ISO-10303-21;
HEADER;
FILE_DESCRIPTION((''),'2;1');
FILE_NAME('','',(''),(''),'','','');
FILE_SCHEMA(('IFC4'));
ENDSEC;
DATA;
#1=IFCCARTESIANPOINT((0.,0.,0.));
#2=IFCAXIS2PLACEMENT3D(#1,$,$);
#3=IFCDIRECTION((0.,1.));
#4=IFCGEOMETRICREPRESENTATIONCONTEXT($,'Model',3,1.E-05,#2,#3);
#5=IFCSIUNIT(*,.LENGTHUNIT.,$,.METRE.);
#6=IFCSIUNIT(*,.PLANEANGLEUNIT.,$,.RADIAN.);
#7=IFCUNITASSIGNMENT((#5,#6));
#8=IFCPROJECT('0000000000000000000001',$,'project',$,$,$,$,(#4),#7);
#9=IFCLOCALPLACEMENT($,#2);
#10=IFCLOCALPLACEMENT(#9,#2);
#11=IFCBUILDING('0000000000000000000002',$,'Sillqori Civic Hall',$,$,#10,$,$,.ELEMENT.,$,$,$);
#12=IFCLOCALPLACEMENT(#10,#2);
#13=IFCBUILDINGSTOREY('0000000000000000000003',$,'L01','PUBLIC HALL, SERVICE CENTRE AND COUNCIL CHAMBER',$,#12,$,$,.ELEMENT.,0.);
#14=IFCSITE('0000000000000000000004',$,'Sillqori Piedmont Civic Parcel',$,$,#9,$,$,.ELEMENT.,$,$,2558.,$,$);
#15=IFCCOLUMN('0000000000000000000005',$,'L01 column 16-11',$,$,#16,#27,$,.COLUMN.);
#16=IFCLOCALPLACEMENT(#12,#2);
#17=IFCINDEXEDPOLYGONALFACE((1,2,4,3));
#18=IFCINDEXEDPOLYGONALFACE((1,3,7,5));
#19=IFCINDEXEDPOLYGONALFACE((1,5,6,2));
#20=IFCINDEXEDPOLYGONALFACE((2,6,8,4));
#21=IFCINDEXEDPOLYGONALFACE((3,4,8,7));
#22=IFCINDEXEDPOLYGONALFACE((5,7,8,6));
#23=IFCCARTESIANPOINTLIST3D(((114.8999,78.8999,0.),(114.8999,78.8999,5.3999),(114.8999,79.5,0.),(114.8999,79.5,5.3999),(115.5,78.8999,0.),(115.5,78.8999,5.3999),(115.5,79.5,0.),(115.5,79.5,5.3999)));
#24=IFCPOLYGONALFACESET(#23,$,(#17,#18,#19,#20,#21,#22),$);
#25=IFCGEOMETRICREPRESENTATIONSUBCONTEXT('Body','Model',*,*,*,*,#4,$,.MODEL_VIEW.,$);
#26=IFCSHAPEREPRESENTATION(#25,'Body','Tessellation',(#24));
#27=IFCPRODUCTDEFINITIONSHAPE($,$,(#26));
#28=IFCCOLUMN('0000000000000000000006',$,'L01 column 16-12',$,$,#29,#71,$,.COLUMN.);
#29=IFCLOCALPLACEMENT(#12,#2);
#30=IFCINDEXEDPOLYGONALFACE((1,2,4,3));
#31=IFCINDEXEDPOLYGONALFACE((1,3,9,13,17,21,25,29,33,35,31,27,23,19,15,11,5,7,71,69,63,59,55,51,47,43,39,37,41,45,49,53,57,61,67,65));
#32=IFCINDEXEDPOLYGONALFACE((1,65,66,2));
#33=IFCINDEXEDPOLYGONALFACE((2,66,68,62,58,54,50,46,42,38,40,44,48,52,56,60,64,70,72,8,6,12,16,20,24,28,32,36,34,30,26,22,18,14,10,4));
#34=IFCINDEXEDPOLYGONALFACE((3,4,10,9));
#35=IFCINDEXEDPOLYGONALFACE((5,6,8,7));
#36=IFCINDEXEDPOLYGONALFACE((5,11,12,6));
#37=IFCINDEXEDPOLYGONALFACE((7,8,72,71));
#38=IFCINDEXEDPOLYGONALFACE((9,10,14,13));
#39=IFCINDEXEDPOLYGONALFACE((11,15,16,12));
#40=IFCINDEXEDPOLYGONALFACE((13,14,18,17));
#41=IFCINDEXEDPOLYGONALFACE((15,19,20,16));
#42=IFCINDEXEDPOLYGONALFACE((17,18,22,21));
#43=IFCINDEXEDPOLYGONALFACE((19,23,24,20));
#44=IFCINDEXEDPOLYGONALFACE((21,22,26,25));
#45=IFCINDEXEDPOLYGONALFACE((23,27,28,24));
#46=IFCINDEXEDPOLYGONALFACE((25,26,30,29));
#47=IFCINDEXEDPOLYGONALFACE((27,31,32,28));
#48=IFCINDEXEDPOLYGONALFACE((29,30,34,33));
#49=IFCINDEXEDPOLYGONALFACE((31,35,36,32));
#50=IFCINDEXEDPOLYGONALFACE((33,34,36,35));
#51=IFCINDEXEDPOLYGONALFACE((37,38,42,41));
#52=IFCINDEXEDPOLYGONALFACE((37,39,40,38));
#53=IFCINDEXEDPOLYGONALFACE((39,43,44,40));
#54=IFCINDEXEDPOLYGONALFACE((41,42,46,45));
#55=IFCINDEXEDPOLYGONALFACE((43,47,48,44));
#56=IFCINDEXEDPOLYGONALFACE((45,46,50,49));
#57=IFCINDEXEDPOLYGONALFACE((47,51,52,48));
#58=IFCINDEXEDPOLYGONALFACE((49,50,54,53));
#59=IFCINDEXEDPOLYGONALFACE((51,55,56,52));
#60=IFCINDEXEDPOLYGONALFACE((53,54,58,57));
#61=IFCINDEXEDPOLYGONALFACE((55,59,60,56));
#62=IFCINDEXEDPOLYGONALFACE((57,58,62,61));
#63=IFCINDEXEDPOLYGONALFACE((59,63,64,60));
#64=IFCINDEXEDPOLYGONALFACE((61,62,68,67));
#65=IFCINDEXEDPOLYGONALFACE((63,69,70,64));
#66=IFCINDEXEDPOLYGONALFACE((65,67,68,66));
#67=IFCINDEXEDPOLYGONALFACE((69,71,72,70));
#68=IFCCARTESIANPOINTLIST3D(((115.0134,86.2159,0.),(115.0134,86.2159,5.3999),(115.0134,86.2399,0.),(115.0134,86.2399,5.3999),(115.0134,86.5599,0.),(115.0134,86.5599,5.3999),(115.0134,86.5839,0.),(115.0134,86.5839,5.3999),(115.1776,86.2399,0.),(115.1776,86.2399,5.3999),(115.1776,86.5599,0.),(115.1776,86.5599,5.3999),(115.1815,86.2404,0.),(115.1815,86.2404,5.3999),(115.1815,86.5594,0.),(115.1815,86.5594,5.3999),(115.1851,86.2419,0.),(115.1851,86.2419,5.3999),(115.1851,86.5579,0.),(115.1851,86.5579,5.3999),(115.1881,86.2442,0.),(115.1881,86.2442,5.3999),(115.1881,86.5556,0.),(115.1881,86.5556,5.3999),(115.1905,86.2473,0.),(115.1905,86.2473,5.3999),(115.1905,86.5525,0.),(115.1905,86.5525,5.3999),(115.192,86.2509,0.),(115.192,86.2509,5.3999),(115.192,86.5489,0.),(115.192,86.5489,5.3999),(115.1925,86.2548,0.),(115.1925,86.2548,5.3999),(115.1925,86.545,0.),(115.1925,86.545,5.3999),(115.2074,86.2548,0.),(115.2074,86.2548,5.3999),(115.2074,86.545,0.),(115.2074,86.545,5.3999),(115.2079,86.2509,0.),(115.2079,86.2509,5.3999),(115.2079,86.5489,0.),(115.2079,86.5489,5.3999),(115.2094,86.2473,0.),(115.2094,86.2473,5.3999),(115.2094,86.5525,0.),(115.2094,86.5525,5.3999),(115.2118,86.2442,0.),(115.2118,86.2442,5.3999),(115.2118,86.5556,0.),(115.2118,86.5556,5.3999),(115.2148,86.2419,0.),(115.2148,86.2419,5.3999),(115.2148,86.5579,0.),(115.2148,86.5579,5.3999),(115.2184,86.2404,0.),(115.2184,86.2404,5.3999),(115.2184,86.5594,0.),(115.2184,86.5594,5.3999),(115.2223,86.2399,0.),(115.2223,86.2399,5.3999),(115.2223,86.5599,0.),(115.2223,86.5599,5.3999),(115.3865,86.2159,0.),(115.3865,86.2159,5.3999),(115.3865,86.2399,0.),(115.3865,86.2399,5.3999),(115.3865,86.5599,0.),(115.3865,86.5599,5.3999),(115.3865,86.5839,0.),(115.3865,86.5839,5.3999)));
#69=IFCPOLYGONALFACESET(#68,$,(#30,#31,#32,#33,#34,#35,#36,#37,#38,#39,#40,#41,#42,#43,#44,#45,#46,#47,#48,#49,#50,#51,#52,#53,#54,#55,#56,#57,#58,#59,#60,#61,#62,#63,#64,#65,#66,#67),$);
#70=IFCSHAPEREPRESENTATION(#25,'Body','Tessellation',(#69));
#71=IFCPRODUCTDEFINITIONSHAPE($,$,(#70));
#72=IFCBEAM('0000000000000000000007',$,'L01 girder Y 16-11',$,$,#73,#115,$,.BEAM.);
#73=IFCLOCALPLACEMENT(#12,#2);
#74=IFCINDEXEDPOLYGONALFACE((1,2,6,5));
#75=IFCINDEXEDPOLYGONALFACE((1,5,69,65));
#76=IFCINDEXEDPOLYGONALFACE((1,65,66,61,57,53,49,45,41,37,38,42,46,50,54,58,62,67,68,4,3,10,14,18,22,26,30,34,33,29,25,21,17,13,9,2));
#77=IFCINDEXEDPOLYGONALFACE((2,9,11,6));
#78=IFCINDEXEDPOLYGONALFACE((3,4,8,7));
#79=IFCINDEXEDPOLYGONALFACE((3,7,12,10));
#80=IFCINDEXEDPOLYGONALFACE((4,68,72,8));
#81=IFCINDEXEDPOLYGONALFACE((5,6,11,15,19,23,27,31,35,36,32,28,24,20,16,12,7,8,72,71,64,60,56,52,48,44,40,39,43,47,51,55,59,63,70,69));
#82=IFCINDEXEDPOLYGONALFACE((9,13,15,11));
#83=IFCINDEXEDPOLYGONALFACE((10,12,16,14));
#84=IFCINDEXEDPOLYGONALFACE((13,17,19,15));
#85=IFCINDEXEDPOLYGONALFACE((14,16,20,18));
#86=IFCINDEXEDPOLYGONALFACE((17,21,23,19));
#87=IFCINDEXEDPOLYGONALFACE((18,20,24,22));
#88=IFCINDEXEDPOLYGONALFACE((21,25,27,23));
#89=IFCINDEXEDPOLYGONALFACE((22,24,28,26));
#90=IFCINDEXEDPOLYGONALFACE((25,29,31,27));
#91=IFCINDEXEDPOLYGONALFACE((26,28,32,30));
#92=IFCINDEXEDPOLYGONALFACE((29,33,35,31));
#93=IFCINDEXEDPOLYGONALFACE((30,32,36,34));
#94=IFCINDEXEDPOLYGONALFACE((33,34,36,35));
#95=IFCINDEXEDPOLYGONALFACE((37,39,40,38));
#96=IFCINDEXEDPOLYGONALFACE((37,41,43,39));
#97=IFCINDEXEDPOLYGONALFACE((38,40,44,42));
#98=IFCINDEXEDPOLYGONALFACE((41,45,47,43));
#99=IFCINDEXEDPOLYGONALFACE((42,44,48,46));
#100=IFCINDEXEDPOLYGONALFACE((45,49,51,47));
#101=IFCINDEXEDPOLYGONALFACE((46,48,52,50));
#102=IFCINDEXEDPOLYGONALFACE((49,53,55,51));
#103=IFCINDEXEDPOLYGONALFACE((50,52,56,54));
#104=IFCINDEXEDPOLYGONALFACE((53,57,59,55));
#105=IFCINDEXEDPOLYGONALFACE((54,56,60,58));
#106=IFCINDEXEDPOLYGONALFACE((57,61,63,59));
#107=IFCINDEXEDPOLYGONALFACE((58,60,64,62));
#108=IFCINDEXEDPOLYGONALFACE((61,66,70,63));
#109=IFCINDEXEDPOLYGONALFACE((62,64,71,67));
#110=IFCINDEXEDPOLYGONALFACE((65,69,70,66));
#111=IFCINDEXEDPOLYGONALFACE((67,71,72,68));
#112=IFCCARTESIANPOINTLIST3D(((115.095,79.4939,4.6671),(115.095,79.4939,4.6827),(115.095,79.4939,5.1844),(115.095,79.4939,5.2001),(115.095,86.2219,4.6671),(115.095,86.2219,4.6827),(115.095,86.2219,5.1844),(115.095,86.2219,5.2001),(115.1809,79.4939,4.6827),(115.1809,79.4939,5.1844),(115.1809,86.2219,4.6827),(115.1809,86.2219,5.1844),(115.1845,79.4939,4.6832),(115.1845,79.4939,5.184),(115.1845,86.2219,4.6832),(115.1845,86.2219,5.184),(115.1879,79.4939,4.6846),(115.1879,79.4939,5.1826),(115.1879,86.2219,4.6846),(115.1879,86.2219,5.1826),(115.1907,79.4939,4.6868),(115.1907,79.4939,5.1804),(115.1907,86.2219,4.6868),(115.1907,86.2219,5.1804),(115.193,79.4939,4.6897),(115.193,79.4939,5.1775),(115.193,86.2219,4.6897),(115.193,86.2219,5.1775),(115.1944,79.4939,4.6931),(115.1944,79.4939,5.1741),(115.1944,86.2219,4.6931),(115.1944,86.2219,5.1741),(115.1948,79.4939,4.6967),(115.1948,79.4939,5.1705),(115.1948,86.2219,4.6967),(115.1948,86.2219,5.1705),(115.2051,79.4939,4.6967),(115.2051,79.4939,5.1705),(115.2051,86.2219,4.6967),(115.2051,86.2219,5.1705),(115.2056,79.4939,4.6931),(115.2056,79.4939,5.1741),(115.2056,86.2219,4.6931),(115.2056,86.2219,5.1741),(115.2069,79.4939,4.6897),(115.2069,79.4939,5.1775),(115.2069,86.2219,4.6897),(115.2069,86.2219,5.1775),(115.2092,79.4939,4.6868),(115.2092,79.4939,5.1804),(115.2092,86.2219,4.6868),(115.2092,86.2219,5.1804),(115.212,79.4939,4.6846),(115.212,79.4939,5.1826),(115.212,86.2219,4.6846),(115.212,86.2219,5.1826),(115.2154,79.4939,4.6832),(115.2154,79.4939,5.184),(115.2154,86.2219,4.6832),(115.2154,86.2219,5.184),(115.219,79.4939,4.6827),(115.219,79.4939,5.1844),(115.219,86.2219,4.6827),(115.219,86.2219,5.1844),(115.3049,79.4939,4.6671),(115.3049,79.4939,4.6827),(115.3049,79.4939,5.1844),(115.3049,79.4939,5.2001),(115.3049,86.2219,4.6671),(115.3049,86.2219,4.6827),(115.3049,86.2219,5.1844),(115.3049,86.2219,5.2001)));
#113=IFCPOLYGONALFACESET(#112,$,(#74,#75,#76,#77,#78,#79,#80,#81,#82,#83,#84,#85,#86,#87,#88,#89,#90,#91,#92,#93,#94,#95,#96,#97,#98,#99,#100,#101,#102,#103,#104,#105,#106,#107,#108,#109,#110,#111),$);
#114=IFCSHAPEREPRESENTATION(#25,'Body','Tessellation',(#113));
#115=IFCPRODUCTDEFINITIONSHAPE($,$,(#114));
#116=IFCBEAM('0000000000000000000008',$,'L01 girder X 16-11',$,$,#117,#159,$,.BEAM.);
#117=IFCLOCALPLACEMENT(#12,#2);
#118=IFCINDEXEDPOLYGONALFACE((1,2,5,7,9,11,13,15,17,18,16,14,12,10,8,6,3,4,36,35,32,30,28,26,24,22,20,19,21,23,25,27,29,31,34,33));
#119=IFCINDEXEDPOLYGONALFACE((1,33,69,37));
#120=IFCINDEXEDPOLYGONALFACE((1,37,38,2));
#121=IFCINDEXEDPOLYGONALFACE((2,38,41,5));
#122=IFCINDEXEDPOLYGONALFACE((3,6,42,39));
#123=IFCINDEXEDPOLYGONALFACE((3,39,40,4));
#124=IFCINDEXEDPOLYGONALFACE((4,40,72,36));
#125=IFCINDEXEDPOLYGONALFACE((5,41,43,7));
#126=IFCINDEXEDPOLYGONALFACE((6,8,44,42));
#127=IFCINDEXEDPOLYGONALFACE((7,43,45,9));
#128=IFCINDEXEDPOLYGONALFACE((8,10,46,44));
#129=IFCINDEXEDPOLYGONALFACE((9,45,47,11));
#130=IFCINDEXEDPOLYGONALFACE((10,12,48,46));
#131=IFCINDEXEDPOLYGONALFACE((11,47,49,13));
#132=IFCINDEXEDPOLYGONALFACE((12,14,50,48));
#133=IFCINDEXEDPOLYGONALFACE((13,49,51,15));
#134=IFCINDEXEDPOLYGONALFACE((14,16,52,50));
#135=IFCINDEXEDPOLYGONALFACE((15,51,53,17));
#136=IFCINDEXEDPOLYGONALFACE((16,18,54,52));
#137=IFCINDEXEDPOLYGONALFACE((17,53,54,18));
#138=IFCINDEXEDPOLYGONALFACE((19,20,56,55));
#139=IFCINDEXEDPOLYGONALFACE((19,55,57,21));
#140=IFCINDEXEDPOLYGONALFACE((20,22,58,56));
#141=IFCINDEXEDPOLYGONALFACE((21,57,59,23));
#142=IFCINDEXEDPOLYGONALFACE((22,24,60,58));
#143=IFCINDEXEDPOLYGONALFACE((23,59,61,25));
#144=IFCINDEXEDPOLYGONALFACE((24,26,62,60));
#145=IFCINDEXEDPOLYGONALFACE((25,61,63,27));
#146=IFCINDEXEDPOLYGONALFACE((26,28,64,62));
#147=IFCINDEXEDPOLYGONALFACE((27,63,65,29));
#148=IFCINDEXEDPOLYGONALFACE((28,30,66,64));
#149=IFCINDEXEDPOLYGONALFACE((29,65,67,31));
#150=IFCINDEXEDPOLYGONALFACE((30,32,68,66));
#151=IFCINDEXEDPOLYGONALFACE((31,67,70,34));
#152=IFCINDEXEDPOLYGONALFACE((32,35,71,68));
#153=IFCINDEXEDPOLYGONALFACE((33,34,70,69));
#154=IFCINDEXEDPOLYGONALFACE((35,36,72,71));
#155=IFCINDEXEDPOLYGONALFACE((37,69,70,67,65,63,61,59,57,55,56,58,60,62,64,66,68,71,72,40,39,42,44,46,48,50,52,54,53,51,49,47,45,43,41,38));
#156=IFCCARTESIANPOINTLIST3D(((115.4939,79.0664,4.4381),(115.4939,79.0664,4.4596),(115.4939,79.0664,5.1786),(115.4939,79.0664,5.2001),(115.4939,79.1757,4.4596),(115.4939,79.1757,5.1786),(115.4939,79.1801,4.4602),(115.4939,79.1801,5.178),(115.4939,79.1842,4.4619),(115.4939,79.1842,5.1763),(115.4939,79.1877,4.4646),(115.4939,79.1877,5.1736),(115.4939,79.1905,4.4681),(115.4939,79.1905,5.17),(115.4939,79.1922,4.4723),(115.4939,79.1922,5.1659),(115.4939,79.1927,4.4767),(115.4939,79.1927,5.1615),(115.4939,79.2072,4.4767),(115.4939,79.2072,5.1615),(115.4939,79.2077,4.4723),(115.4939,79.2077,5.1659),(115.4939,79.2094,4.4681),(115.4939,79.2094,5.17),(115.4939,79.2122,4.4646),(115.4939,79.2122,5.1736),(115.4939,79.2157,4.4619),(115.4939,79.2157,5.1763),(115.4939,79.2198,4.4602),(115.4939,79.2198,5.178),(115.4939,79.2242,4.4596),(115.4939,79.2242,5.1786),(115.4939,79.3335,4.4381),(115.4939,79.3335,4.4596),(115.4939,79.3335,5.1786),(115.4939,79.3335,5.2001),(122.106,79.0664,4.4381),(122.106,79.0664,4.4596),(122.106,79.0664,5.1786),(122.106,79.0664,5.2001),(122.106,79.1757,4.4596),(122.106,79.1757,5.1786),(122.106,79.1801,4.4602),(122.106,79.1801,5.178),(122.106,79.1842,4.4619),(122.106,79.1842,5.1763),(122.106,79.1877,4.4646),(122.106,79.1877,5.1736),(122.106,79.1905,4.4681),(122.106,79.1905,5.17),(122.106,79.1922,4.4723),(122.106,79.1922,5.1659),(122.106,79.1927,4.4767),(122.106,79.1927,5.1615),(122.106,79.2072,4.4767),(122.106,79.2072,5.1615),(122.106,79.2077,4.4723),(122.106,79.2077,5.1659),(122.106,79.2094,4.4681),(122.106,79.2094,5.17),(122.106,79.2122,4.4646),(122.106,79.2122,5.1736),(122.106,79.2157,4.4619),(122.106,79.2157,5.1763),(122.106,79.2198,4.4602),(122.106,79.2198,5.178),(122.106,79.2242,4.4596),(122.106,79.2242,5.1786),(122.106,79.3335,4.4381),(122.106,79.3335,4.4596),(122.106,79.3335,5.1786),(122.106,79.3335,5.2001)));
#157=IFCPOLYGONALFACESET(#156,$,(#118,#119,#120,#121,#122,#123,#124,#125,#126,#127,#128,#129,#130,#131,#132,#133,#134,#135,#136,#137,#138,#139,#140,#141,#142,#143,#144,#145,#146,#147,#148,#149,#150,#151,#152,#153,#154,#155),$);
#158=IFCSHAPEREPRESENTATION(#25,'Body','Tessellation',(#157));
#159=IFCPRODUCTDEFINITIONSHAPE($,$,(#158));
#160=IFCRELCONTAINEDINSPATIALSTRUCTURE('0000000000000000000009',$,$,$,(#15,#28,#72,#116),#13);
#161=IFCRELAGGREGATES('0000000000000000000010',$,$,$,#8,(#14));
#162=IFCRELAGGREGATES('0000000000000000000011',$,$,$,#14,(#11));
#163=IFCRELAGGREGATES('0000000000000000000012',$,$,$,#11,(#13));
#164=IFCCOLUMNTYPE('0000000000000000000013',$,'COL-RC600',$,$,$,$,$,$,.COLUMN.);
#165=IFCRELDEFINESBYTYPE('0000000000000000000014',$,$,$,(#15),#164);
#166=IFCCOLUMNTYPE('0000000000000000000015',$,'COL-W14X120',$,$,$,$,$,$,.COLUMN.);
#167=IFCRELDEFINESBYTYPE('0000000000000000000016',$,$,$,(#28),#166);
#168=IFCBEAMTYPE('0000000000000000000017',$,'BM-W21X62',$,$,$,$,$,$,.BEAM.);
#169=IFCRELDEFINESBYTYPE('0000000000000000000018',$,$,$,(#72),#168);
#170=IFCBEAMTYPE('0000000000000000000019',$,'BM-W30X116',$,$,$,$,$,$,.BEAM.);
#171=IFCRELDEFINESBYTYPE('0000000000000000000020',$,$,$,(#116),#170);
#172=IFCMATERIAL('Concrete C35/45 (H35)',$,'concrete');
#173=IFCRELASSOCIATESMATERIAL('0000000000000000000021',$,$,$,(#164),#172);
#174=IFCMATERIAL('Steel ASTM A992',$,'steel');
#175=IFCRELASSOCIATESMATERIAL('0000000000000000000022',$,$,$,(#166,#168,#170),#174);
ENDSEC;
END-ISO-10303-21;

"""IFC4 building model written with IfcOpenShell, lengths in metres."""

from ifc_helpers import new_model, si_unit, direction, frame, origin, origin_2d, place, context, subcontext, project, spatial, rectangle, i_section, extrude, material, material_profile, profile_set, type_object, element, save


model = new_model("IFC4")

# Units and contexts
model_context = context("Model", 3, precision=1e-05, world=origin(), true_north=direction((0.0, 1.0)))
body_context = subcontext(model_context, "Body", "Model", "MODEL_VIEW")
ifc_project = project(units=[si_unit("LENGTHUNIT", "METRE"), si_unit("PLANEANGLEUNIT", "RADIAN")], contexts=[model_context])

# Site, building, storey
site_placement = place(None, origin())
site = spatial("IfcSite", under=ifc_project, at=site_placement, Name="Sillqori Piedmont Civic Parcel", CompositionType="ELEMENT", RefElevation=2558.0)
building_placement = place(site_placement, origin())
building = spatial("IfcBuilding", under=site, at=building_placement, Name="Sillqori Civic Hall", CompositionType="ELEMENT")
storey_placement = place(building_placement, origin())
storey = spatial("IfcBuildingStorey", under=building, at=storey_placement, Name="L01", Description="PUBLIC HALL, SERVICE CENTRE AND COUNCIL CHAMBER", CompositionType="ELEMENT", Elevation=0.0)

# Columns
ifc_material_1 = material(Name="Concrete C35/45 (H35)", Category="concrete")
ifc_material_profile_1 = material_profile(ifc_material_1, rectangle(XDim=0.6001, YDim=0.6001, at=origin_2d()), Name="RC 600x600")
ifc_profile_set_1 = profile_set([ifc_material_profile_1], Name="Concrete C35/45 (H35)")
column_type_1 = type_object("IfcColumnType", Name="COL-RC600", PredefinedType="COLUMN", material=ifc_profile_set_1)
column_1_placement = place(storey_placement, frame((115.2, 79.2, 0.0), z_axis=(0.0, 0.0, 1.0), x_axis=(1.0, 0.0, 0.0)))
element("IfcColumn", 1, at=column_1_placement, inside=storey, type_object=column_type_1, Name="L01 column 16-11", PredefinedType="COLUMN", context=body_context, shape_type="SweptSolid", body=[
    extrude(rectangle(XDim=0.6001, YDim=0.6001, at=origin_2d()), origin(), (0.0, 0.0, 1.0), 5.3999),
])
ifc_material_2 = material(Name="Steel ASTM A992", Category="steel")
ifc_material_profile_2 = material_profile(ifc_material_2, i_section(OverallWidth=0.373, OverallDepth=0.3679, WebThickness=0.0149, FlangeThickness=0.0239, FilletRadius=0.0149, at=origin_2d()), Name="W14X120")
ifc_profile_set_2 = profile_set([ifc_material_profile_2], Name="Steel ASTM A992")
column_type_2 = type_object("IfcColumnType", Name="COL-W14X120", PredefinedType="COLUMN", material=ifc_profile_set_2)
column_2_placement = place(storey_placement, frame((115.2, 86.3999, 0.0), z_axis=(0.0, 0.0, 1.0), x_axis=(1.0, 0.0, 0.0)))
element("IfcColumn", 2, at=column_2_placement, inside=storey, type_object=column_type_2, Name="L01 column 16-12", PredefinedType="COLUMN", context=body_context, shape_type="SweptSolid", body=[
    extrude(i_section(OverallWidth=0.373, OverallDepth=0.3679, WebThickness=0.0149, FlangeThickness=0.0239, FilletRadius=0.0149, at=origin_2d()), origin(), (0.0, 0.0, 1.0), 5.3999),
])

# Beams
ifc_material_profile_3 = material_profile(ifc_material_2, i_section(OverallWidth=0.21, OverallDepth=0.533, WebThickness=0.0103, FlangeThickness=0.0156, FilletRadius=0.0139, at=origin_2d()), Name="W21X62")
ifc_profile_set_3 = profile_set([ifc_material_profile_3], Name="Steel ASTM A992")
beam_type_1 = type_object("IfcBeamType", Name="BM-W21X62", PredefinedType="BEAM", material=ifc_profile_set_3)
beam_1_placement = place(storey_placement, frame((115.2, 79.4939, 4.9336), z_axis=(0.0, 1.0, 0.0), x_axis=(-1.0, 0.0, 0.0)))
element("IfcBeam", 3, at=beam_1_placement, inside=storey, type_object=beam_type_1, Name="L01 girder Y 16-11", PredefinedType="BEAM", context=body_context, shape_type="SweptSolid", body=[
    extrude(i_section(OverallWidth=0.21, OverallDepth=0.533, WebThickness=0.0103, FlangeThickness=0.0156, FilletRadius=0.0139, at=origin_2d()), origin(), (0.0, 0.0, 1.0), 6.728),
])
ifc_material_profile_4 = material_profile(ifc_material_2, i_section(OverallWidth=0.2671, OverallDepth=0.762, WebThickness=0.0144, FlangeThickness=0.0215, FilletRadius=0.0171, at=origin_2d()), Name="W30X116")
ifc_profile_set_4 = profile_set([ifc_material_profile_4], Name="Steel ASTM A992")
beam_type_2 = type_object("IfcBeamType", Name="BM-W30X116", PredefinedType="BEAM", material=ifc_profile_set_4)
beam_2_placement = place(storey_placement, frame((115.4939, 79.2, 4.8191), z_axis=(1.0, 0.0, 0.0), x_axis=(0.0, 1.0, 0.0)))
element("IfcBeam", 4, at=beam_2_placement, inside=storey, type_object=beam_type_2, Name="L01 girder X 16-11", PredefinedType="BEAM", context=body_context, shape_type="SweptSolid", body=[
    extrude(i_section(OverallWidth=0.2671, OverallDepth=0.762, WebThickness=0.0144, FlangeThickness=0.0215, FilletRadius=0.0171, at=origin_2d()), origin(), (0.0, 0.0, 1.0), 6.6121),
])

save(model, "model.ifc")
